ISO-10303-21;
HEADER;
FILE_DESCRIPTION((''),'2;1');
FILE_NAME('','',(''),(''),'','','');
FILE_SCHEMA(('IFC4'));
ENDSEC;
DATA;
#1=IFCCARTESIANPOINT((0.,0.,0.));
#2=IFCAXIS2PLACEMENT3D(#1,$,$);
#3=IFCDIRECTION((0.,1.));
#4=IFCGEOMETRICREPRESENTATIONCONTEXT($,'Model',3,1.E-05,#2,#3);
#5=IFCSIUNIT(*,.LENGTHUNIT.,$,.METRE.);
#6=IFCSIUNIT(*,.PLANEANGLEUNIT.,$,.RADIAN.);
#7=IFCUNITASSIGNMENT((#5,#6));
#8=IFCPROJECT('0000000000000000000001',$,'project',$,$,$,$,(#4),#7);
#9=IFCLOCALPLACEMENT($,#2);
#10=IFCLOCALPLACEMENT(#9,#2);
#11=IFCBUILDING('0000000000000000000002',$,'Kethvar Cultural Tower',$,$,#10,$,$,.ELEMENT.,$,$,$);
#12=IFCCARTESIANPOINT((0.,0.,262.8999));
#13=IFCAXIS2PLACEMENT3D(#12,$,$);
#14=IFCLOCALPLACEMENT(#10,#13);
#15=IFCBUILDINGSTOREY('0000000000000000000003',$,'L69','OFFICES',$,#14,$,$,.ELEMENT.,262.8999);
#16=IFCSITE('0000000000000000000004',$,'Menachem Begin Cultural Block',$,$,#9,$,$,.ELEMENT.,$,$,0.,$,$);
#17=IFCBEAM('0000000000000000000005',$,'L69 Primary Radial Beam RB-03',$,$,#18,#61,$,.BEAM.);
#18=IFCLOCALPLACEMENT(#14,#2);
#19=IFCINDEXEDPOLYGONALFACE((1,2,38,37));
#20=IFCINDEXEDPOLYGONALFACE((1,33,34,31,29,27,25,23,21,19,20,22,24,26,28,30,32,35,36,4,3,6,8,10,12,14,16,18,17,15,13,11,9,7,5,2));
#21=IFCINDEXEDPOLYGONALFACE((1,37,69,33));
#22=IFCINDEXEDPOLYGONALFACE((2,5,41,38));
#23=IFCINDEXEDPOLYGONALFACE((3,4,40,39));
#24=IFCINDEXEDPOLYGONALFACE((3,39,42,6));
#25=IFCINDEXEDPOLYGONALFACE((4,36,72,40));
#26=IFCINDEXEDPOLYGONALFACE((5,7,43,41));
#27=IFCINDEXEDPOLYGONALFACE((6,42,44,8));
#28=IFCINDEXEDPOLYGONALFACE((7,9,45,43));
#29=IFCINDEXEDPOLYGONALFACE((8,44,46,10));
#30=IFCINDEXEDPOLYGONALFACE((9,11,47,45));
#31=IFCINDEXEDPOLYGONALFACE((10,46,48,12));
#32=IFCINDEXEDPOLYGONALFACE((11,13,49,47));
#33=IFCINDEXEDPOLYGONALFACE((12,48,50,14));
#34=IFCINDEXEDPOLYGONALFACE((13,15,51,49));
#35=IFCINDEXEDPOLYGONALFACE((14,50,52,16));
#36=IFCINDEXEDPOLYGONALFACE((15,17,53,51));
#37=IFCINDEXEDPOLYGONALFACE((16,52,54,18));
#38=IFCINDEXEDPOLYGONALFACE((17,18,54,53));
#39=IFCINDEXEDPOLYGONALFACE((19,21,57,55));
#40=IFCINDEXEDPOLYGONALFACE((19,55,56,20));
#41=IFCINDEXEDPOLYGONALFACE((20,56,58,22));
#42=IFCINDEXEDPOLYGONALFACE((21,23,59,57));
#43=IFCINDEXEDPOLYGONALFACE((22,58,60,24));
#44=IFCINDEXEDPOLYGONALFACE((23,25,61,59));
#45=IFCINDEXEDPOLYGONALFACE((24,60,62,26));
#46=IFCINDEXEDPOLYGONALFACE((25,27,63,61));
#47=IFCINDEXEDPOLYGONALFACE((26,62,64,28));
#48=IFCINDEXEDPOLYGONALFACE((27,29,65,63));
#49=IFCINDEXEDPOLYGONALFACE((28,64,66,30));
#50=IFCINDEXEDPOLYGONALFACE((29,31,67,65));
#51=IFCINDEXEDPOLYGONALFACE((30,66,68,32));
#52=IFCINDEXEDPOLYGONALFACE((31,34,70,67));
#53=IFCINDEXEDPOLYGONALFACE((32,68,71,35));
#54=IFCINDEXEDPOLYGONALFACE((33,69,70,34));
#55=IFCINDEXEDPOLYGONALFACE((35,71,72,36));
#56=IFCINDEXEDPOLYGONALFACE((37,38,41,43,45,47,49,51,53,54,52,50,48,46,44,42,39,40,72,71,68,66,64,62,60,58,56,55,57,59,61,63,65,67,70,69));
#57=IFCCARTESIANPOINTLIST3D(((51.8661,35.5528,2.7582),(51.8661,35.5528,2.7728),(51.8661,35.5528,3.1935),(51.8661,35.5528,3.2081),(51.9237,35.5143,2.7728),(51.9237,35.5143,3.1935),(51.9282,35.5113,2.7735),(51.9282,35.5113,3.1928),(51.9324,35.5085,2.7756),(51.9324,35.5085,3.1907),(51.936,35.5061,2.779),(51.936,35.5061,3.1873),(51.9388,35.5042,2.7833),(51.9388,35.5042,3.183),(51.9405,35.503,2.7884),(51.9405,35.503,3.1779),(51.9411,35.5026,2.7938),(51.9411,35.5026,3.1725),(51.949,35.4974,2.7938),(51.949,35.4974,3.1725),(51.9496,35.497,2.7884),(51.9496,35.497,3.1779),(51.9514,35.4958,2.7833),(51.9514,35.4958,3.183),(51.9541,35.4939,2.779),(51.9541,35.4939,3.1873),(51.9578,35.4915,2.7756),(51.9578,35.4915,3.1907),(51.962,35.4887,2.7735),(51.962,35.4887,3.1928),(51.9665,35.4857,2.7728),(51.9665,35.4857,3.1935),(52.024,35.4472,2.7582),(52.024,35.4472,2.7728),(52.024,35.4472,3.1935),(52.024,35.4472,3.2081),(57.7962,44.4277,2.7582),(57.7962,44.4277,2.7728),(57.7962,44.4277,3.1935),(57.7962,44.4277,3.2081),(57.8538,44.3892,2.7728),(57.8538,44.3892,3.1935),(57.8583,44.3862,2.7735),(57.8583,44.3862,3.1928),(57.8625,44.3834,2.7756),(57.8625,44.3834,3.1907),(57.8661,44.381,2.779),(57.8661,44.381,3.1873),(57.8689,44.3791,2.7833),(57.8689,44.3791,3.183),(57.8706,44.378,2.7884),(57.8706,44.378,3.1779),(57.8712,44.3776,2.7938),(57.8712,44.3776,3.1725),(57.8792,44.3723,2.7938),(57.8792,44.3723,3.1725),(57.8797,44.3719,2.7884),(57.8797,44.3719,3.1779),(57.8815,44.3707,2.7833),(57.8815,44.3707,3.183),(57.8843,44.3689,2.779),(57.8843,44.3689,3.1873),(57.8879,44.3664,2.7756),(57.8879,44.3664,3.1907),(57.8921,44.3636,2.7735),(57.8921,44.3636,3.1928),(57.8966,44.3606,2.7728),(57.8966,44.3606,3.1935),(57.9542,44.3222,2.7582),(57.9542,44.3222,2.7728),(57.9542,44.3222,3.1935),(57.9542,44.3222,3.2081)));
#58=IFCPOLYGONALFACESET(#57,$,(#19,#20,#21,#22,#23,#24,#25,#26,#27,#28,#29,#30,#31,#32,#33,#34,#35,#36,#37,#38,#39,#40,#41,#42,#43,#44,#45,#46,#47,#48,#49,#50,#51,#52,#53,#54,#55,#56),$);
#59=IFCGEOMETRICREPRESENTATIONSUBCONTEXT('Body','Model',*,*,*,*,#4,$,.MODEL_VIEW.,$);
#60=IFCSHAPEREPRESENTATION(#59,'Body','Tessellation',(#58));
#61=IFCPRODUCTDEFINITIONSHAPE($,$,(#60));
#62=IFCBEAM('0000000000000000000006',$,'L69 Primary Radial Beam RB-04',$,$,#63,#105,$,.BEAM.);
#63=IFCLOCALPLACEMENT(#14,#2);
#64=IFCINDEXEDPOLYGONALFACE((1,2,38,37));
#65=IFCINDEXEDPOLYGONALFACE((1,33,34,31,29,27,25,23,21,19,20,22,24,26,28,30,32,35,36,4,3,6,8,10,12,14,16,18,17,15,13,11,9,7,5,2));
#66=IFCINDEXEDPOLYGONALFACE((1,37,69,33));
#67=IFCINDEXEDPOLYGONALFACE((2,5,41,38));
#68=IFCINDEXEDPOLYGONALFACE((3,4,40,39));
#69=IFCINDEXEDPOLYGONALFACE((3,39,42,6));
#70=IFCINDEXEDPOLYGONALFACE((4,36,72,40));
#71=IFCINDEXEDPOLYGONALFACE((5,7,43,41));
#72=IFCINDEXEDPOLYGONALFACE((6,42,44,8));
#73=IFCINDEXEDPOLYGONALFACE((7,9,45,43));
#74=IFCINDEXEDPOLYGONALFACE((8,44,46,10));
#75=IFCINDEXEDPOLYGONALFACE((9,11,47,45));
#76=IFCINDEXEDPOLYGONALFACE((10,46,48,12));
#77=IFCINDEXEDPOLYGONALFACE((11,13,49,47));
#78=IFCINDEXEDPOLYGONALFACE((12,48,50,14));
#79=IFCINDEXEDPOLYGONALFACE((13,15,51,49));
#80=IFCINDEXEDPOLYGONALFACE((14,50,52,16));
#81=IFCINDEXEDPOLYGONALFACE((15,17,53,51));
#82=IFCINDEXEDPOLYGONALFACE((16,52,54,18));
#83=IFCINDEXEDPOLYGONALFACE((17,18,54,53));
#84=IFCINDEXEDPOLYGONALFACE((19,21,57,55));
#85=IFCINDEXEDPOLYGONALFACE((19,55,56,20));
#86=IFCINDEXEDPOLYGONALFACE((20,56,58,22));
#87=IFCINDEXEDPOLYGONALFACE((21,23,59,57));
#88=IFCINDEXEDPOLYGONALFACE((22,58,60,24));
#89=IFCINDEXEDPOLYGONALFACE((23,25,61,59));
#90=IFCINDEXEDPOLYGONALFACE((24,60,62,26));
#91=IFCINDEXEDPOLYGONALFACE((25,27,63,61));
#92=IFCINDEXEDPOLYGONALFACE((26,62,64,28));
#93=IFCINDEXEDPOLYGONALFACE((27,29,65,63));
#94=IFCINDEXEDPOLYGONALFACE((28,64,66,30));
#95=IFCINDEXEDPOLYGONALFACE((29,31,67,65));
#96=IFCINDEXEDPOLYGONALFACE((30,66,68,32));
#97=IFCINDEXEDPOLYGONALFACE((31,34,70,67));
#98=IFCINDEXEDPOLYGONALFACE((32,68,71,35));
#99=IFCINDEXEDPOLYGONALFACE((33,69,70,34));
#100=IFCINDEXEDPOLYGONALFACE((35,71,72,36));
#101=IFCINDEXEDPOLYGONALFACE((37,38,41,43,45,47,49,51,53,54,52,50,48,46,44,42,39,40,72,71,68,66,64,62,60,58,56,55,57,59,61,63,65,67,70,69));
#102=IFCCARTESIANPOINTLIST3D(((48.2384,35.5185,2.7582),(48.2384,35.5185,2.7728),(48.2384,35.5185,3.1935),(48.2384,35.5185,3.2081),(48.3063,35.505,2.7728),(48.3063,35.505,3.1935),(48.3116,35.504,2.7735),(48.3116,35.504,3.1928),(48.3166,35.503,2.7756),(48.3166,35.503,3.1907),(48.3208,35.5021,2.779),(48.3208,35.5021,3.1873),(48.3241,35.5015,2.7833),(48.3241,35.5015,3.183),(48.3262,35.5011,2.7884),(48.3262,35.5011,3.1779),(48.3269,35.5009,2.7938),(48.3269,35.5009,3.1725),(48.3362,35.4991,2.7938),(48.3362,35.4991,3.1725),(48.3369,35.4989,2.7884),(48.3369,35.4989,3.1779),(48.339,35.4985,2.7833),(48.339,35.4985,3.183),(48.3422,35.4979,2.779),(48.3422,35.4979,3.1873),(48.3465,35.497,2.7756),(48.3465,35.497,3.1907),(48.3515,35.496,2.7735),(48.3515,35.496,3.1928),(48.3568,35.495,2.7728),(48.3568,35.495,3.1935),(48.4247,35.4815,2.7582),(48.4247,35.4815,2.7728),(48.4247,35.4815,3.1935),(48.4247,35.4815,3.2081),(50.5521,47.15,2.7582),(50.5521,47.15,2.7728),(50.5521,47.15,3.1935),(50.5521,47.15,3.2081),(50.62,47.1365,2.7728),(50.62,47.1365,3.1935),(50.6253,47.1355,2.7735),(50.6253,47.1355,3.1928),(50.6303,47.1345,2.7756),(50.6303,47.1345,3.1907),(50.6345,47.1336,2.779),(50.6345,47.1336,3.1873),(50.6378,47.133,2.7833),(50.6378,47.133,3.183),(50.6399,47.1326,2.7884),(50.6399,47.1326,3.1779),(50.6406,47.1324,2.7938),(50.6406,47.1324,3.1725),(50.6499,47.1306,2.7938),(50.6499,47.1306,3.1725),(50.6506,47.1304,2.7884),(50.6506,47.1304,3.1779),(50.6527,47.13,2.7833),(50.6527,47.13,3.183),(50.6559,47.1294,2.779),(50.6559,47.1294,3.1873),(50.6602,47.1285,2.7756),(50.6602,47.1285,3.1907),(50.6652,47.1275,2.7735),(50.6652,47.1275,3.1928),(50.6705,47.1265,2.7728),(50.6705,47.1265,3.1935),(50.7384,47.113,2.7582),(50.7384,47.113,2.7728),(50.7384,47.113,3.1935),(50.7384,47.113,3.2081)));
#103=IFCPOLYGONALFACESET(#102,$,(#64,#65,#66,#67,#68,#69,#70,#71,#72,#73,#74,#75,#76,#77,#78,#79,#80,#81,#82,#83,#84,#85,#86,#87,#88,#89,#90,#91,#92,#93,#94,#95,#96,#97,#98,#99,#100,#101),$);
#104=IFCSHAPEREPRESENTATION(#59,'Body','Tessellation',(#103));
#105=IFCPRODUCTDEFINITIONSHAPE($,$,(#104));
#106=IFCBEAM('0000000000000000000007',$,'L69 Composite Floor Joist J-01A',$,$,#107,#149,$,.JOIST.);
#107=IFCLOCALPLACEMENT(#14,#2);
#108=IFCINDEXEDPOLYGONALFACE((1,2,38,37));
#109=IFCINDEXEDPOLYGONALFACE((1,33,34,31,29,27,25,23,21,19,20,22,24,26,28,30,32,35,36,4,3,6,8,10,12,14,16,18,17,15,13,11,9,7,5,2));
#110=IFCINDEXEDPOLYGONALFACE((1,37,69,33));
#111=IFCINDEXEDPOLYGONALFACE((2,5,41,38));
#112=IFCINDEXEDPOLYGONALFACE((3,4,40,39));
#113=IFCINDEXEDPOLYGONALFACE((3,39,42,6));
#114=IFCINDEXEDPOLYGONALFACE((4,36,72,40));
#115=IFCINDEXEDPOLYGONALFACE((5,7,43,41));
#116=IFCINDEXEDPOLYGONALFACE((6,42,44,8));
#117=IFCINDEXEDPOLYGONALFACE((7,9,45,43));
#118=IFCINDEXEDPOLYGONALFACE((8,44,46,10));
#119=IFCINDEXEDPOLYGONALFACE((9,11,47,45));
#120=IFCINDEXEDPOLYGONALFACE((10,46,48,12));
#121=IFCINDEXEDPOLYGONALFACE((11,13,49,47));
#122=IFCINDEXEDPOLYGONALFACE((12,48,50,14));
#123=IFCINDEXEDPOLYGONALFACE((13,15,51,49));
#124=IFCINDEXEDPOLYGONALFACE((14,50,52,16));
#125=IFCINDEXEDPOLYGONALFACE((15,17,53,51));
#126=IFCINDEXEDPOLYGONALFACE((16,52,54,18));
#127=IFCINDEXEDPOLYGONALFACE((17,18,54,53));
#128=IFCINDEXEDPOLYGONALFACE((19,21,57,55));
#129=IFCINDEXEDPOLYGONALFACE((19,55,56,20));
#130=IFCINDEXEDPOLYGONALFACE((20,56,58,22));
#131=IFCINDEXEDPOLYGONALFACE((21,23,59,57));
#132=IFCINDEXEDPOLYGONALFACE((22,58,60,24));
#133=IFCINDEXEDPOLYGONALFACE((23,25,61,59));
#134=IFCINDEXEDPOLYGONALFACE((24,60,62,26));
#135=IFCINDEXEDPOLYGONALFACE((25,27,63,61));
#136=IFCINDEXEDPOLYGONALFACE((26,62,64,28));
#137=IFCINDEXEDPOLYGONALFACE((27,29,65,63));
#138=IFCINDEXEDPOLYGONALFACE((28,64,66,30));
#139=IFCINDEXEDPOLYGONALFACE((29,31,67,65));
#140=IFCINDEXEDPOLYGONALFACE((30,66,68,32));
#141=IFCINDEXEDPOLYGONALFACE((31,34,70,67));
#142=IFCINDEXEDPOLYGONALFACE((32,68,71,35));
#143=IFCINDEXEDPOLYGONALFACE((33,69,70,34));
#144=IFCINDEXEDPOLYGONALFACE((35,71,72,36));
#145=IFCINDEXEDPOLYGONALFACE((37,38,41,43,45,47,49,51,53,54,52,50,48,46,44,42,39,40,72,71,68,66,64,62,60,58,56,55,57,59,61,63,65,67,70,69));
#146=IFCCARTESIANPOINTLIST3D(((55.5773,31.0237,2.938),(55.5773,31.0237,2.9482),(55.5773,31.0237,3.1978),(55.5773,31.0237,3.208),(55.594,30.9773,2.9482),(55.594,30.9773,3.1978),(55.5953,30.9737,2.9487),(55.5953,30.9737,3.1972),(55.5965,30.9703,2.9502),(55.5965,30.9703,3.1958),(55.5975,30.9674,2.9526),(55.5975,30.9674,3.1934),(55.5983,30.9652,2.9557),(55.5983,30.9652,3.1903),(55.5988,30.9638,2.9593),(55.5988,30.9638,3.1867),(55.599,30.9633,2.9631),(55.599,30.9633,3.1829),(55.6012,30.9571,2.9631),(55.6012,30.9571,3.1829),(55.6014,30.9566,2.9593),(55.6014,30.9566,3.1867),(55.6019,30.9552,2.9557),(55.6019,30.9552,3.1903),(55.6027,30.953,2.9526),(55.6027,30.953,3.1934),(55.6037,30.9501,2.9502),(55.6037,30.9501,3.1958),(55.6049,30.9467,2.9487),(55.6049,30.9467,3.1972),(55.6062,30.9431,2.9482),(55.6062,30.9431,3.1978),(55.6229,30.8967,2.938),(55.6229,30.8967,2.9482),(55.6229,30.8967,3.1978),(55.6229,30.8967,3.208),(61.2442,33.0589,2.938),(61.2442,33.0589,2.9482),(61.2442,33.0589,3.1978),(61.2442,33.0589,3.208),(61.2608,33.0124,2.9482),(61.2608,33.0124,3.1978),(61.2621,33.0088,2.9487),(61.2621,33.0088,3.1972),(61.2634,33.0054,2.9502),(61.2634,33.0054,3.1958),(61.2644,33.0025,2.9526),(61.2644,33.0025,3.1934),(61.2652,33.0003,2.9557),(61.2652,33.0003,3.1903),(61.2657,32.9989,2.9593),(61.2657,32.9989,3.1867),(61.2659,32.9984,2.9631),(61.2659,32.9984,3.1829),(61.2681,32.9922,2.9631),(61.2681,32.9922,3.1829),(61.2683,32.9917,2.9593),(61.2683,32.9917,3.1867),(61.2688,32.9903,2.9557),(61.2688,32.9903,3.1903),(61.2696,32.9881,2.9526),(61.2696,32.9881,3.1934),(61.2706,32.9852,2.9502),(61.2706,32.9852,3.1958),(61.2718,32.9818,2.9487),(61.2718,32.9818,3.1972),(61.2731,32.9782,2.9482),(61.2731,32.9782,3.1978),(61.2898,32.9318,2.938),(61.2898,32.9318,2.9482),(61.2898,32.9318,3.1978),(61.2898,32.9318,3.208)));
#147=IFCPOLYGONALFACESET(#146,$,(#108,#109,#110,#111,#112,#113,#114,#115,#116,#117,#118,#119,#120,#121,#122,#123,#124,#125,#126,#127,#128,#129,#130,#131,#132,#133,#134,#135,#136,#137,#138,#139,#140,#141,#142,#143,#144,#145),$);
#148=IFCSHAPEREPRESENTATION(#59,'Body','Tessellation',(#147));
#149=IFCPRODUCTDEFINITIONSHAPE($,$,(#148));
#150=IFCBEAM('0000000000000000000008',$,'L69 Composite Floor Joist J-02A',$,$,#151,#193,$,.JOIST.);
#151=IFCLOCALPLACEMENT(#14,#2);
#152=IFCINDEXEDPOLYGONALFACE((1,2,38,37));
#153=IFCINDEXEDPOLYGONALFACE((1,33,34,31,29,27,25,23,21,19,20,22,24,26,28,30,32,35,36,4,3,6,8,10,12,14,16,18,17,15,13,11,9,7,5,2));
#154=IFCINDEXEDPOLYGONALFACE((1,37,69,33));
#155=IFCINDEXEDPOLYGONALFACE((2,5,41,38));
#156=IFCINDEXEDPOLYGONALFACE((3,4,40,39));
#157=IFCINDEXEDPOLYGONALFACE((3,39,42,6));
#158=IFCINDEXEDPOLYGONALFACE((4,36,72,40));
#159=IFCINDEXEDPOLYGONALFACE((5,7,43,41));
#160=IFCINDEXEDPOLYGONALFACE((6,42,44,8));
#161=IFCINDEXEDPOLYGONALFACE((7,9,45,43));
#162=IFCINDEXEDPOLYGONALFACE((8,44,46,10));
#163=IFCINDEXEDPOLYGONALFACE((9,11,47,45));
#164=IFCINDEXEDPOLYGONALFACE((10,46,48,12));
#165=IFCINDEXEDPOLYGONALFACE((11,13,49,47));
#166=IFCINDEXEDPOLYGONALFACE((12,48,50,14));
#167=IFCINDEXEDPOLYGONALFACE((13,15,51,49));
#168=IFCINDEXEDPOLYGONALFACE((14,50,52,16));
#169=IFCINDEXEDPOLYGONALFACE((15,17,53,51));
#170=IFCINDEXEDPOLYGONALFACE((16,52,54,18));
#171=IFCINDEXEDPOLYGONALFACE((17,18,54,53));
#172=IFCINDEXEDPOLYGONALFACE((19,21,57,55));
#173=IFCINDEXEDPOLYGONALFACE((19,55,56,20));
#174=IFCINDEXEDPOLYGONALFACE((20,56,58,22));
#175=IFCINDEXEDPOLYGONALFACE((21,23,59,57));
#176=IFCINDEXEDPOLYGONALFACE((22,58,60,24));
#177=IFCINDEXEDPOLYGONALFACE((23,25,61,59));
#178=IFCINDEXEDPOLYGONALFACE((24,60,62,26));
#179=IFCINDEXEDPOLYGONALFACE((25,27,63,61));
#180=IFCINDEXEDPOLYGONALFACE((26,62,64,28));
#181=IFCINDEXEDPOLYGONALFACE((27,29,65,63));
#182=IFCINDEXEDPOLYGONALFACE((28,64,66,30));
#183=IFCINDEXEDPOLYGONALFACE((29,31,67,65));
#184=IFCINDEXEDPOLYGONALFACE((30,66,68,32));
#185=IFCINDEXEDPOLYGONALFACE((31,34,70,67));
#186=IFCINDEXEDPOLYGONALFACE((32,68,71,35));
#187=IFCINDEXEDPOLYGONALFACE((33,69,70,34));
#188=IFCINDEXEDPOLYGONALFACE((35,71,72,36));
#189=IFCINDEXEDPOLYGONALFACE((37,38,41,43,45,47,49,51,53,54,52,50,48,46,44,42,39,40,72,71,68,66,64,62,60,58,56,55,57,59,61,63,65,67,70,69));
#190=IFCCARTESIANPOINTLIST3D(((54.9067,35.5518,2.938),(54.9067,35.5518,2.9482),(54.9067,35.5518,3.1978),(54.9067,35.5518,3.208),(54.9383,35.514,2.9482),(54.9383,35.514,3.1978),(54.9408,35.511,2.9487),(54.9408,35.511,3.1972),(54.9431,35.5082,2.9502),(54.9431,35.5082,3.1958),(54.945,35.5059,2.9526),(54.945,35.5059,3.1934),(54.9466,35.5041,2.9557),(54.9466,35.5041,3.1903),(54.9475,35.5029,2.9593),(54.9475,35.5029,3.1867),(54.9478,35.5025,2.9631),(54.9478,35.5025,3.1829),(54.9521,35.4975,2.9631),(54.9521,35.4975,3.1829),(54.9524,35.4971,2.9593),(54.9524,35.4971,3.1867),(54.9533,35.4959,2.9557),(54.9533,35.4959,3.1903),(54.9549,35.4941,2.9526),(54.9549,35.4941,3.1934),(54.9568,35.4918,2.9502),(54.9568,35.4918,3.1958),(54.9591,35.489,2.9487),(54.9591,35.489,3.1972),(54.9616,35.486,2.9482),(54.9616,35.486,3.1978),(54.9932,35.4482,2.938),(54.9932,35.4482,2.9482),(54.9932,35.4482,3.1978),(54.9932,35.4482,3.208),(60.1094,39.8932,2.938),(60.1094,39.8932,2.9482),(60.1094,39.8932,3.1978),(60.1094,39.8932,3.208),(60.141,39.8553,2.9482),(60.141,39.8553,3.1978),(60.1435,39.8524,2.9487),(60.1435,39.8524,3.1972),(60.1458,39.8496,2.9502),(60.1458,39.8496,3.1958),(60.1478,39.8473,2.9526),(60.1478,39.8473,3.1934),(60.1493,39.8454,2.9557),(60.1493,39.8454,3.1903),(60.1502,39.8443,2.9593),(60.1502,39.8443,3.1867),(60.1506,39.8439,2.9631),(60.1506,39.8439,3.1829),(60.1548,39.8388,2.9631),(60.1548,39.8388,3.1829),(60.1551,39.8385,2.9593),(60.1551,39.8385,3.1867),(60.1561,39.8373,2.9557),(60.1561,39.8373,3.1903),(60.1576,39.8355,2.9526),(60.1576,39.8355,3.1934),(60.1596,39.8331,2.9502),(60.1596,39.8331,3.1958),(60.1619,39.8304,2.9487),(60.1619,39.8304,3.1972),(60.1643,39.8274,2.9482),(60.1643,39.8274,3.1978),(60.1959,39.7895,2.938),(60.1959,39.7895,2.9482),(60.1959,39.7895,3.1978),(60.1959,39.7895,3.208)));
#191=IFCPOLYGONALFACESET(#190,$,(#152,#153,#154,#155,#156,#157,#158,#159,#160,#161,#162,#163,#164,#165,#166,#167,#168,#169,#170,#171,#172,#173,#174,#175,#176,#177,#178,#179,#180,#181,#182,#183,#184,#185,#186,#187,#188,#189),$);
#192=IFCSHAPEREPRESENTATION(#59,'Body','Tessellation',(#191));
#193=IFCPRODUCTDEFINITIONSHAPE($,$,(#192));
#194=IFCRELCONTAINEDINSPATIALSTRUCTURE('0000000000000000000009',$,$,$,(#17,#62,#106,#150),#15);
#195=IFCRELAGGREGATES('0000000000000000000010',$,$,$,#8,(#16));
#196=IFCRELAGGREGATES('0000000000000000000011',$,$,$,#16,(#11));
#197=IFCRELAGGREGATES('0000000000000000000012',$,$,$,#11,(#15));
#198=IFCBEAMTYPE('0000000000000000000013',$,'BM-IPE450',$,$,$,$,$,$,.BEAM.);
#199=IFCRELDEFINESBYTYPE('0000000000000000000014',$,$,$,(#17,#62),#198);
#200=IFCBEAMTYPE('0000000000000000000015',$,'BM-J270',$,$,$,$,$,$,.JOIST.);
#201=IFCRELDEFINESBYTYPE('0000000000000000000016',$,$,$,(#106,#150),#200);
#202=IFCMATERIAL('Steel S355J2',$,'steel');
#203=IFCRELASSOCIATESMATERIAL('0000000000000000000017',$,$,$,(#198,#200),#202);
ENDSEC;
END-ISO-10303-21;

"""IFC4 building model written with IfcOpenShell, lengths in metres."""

from ifc_helpers import new_model, si_unit, direction, frame, origin, origin_2d, place, context, subcontext, project, spatial, i_section, extrude, source, transform, mapped, material, material_profile, profile_set, type_object, element, save


model = new_model("IFC4")

# Units and contexts
model_context = context("Model", 3, precision=1e-05, world=origin(), true_north=direction((0.0, 1.0)))
body_context = subcontext(model_context, "Body", "Model", "MODEL_VIEW")
ifc_project = project(units=[si_unit("LENGTHUNIT", "METRE"), si_unit("PLANEANGLEUNIT", "RADIAN")], contexts=[model_context])

# Site, building, storey
site_placement = place(None, origin())
site = spatial("IfcSite", under=ifc_project, at=site_placement, Name="Menachem Begin Cultural Block", CompositionType="ELEMENT", RefElevation=0.0)
building_placement = place(site_placement, origin())
building = spatial("IfcBuilding", under=site, at=building_placement, Name="Kethvar Cultural Tower", CompositionType="ELEMENT")
storey_placement = place(building_placement, frame((0.0, 0.0, 262.8999)))
storey = spatial("IfcBuildingStorey", under=building, at=storey_placement, Name="L69", Description="OFFICES", CompositionType="ELEMENT", Elevation=262.8999)

# Beams
ifc_material_1 = material(Name="Steel S355J2", Category="steel")
ifc_material_profile_1 = material_profile(ifc_material_1, i_section(OverallWidth=0.1899, OverallDepth=0.45, WebThickness=0.0095, FlangeThickness=0.0146, FilletRadius=0.021, at=origin_2d()), Name="Steel S355J2 — IPE450")
ifc_profile_set_1 = profile_set([ifc_material_profile_1], Name="Steel S355J2 — IPE450")
beam_type_1 = type_object("IfcBeamType", Name="BM-IPE450", PredefinedType="BEAM", material=ifc_profile_set_1)
shared_shape_1 = source(origin(), body_context, "Body", "SweptSolid", [
    extrude(i_section(OverallWidth=0.1899, OverallDepth=0.45, WebThickness=0.0095, FlangeThickness=0.0146, FilletRadius=0.021, at=origin_2d()), origin(), (0.0, 0.0, 1.0), 10.6738),
])
beam_1_placement = place(storey_placement, frame((51.9451, 35.5, 2.9832), z_axis=(0.555576, 0.831466, 0.0), x_axis=(-0.831466, 0.555576, 0.0)))
element("IfcBeam", 1, at=beam_1_placement, inside=storey, type_object=beam_type_1, Name="L69 Primary Radial Beam RB-03", PredefinedType="BEAM", context=body_context, shape_type="MappedRepresentation", body=[
    mapped(shared_shape_1, transform((0.0, 0.0, 0.0), scale=1.0)),
])
shared_shape_2 = source(origin(), body_context, "Body", "SweptSolid", [
    extrude(i_section(OverallWidth=0.1899, OverallDepth=0.45, WebThickness=0.0095, FlangeThickness=0.0146, FilletRadius=0.021, at=origin_2d()), origin(), (0.0, 0.0, 1.0), 11.8594),
])
beam_2_placement = place(storey_placement, frame((48.3315, 35.5, 2.9832), z_axis=(0.195095, 0.980784, 0.0), x_axis=(-0.980784, 0.195095, 0.0)))
element("IfcBeam", 2, at=beam_2_placement, inside=storey, type_object=beam_type_1, Name="L69 Primary Radial Beam RB-04", PredefinedType="BEAM", context=body_context, shape_type="MappedRepresentation", body=[
    mapped(shared_shape_2, transform((0.0, 0.0, 0.0), scale=1.0)),
])
ifc_material_profile_2 = material_profile(ifc_material_1, i_section(OverallWidth=0.135, OverallDepth=0.27, WebThickness=0.0066, FlangeThickness=0.0103, FilletRadius=0.0149, at=origin_2d()), Name="Steel S355J2 — IPE270")
ifc_profile_set_2 = profile_set([ifc_material_profile_2], Name="Steel S355J2 — IPE270")
beam_type_2 = type_object("IfcBeamType", Name="BM-J270", PredefinedType="JOIST", material=ifc_profile_set_2)
shared_shape_3 = source(origin(), body_context, "Body", "SweptSolid", [
    extrude(i_section(OverallWidth=0.135, OverallDepth=0.27, WebThickness=0.0066, FlangeThickness=0.0103, FilletRadius=0.0149, at=origin_2d()), origin(), (0.0, 0.0, 1.0), 6.0212),
])
beam_3_placement = place(storey_placement, frame((55.6001, 30.9602, 3.073), z_axis=(0.94115, 0.33799, 0.0), x_axis=(-0.33799, 0.94115, 0.0)))
element("IfcBeam", 3, at=beam_3_placement, inside=storey, type_object=beam_type_2, Name="L69 Composite Floor Joist J-01A", PredefinedType="JOIST", context=body_context, shape_type="MappedRepresentation", body=[
    mapped(shared_shape_3, transform((0.0, 0.0, 0.0), scale=1.0)),
])
shared_shape_4 = source(origin(), body_context, "Body", "SweptSolid", [
    extrude(i_section(OverallWidth=0.135, OverallDepth=0.27, WebThickness=0.0066, FlangeThickness=0.0103, FilletRadius=0.0149, at=origin_2d()), origin(), (0.0, 0.0, 1.0), 6.7761),
])
beam_4_placement = place(storey_placement, frame((54.95, 35.5, 3.073), z_axis=(0.767802, 0.640688, 0.0), x_axis=(-0.640688, 0.767802, 0.0)))
element("IfcBeam", 4, at=beam_4_placement, inside=storey, type_object=beam_type_2, Name="L69 Composite Floor Joist J-02A", PredefinedType="JOIST", context=body_context, shape_type="MappedRepresentation", body=[
    mapped(shared_shape_4, transform((0.0, 0.0, 0.0), scale=1.0)),
])

save(model, "model.ifc")
